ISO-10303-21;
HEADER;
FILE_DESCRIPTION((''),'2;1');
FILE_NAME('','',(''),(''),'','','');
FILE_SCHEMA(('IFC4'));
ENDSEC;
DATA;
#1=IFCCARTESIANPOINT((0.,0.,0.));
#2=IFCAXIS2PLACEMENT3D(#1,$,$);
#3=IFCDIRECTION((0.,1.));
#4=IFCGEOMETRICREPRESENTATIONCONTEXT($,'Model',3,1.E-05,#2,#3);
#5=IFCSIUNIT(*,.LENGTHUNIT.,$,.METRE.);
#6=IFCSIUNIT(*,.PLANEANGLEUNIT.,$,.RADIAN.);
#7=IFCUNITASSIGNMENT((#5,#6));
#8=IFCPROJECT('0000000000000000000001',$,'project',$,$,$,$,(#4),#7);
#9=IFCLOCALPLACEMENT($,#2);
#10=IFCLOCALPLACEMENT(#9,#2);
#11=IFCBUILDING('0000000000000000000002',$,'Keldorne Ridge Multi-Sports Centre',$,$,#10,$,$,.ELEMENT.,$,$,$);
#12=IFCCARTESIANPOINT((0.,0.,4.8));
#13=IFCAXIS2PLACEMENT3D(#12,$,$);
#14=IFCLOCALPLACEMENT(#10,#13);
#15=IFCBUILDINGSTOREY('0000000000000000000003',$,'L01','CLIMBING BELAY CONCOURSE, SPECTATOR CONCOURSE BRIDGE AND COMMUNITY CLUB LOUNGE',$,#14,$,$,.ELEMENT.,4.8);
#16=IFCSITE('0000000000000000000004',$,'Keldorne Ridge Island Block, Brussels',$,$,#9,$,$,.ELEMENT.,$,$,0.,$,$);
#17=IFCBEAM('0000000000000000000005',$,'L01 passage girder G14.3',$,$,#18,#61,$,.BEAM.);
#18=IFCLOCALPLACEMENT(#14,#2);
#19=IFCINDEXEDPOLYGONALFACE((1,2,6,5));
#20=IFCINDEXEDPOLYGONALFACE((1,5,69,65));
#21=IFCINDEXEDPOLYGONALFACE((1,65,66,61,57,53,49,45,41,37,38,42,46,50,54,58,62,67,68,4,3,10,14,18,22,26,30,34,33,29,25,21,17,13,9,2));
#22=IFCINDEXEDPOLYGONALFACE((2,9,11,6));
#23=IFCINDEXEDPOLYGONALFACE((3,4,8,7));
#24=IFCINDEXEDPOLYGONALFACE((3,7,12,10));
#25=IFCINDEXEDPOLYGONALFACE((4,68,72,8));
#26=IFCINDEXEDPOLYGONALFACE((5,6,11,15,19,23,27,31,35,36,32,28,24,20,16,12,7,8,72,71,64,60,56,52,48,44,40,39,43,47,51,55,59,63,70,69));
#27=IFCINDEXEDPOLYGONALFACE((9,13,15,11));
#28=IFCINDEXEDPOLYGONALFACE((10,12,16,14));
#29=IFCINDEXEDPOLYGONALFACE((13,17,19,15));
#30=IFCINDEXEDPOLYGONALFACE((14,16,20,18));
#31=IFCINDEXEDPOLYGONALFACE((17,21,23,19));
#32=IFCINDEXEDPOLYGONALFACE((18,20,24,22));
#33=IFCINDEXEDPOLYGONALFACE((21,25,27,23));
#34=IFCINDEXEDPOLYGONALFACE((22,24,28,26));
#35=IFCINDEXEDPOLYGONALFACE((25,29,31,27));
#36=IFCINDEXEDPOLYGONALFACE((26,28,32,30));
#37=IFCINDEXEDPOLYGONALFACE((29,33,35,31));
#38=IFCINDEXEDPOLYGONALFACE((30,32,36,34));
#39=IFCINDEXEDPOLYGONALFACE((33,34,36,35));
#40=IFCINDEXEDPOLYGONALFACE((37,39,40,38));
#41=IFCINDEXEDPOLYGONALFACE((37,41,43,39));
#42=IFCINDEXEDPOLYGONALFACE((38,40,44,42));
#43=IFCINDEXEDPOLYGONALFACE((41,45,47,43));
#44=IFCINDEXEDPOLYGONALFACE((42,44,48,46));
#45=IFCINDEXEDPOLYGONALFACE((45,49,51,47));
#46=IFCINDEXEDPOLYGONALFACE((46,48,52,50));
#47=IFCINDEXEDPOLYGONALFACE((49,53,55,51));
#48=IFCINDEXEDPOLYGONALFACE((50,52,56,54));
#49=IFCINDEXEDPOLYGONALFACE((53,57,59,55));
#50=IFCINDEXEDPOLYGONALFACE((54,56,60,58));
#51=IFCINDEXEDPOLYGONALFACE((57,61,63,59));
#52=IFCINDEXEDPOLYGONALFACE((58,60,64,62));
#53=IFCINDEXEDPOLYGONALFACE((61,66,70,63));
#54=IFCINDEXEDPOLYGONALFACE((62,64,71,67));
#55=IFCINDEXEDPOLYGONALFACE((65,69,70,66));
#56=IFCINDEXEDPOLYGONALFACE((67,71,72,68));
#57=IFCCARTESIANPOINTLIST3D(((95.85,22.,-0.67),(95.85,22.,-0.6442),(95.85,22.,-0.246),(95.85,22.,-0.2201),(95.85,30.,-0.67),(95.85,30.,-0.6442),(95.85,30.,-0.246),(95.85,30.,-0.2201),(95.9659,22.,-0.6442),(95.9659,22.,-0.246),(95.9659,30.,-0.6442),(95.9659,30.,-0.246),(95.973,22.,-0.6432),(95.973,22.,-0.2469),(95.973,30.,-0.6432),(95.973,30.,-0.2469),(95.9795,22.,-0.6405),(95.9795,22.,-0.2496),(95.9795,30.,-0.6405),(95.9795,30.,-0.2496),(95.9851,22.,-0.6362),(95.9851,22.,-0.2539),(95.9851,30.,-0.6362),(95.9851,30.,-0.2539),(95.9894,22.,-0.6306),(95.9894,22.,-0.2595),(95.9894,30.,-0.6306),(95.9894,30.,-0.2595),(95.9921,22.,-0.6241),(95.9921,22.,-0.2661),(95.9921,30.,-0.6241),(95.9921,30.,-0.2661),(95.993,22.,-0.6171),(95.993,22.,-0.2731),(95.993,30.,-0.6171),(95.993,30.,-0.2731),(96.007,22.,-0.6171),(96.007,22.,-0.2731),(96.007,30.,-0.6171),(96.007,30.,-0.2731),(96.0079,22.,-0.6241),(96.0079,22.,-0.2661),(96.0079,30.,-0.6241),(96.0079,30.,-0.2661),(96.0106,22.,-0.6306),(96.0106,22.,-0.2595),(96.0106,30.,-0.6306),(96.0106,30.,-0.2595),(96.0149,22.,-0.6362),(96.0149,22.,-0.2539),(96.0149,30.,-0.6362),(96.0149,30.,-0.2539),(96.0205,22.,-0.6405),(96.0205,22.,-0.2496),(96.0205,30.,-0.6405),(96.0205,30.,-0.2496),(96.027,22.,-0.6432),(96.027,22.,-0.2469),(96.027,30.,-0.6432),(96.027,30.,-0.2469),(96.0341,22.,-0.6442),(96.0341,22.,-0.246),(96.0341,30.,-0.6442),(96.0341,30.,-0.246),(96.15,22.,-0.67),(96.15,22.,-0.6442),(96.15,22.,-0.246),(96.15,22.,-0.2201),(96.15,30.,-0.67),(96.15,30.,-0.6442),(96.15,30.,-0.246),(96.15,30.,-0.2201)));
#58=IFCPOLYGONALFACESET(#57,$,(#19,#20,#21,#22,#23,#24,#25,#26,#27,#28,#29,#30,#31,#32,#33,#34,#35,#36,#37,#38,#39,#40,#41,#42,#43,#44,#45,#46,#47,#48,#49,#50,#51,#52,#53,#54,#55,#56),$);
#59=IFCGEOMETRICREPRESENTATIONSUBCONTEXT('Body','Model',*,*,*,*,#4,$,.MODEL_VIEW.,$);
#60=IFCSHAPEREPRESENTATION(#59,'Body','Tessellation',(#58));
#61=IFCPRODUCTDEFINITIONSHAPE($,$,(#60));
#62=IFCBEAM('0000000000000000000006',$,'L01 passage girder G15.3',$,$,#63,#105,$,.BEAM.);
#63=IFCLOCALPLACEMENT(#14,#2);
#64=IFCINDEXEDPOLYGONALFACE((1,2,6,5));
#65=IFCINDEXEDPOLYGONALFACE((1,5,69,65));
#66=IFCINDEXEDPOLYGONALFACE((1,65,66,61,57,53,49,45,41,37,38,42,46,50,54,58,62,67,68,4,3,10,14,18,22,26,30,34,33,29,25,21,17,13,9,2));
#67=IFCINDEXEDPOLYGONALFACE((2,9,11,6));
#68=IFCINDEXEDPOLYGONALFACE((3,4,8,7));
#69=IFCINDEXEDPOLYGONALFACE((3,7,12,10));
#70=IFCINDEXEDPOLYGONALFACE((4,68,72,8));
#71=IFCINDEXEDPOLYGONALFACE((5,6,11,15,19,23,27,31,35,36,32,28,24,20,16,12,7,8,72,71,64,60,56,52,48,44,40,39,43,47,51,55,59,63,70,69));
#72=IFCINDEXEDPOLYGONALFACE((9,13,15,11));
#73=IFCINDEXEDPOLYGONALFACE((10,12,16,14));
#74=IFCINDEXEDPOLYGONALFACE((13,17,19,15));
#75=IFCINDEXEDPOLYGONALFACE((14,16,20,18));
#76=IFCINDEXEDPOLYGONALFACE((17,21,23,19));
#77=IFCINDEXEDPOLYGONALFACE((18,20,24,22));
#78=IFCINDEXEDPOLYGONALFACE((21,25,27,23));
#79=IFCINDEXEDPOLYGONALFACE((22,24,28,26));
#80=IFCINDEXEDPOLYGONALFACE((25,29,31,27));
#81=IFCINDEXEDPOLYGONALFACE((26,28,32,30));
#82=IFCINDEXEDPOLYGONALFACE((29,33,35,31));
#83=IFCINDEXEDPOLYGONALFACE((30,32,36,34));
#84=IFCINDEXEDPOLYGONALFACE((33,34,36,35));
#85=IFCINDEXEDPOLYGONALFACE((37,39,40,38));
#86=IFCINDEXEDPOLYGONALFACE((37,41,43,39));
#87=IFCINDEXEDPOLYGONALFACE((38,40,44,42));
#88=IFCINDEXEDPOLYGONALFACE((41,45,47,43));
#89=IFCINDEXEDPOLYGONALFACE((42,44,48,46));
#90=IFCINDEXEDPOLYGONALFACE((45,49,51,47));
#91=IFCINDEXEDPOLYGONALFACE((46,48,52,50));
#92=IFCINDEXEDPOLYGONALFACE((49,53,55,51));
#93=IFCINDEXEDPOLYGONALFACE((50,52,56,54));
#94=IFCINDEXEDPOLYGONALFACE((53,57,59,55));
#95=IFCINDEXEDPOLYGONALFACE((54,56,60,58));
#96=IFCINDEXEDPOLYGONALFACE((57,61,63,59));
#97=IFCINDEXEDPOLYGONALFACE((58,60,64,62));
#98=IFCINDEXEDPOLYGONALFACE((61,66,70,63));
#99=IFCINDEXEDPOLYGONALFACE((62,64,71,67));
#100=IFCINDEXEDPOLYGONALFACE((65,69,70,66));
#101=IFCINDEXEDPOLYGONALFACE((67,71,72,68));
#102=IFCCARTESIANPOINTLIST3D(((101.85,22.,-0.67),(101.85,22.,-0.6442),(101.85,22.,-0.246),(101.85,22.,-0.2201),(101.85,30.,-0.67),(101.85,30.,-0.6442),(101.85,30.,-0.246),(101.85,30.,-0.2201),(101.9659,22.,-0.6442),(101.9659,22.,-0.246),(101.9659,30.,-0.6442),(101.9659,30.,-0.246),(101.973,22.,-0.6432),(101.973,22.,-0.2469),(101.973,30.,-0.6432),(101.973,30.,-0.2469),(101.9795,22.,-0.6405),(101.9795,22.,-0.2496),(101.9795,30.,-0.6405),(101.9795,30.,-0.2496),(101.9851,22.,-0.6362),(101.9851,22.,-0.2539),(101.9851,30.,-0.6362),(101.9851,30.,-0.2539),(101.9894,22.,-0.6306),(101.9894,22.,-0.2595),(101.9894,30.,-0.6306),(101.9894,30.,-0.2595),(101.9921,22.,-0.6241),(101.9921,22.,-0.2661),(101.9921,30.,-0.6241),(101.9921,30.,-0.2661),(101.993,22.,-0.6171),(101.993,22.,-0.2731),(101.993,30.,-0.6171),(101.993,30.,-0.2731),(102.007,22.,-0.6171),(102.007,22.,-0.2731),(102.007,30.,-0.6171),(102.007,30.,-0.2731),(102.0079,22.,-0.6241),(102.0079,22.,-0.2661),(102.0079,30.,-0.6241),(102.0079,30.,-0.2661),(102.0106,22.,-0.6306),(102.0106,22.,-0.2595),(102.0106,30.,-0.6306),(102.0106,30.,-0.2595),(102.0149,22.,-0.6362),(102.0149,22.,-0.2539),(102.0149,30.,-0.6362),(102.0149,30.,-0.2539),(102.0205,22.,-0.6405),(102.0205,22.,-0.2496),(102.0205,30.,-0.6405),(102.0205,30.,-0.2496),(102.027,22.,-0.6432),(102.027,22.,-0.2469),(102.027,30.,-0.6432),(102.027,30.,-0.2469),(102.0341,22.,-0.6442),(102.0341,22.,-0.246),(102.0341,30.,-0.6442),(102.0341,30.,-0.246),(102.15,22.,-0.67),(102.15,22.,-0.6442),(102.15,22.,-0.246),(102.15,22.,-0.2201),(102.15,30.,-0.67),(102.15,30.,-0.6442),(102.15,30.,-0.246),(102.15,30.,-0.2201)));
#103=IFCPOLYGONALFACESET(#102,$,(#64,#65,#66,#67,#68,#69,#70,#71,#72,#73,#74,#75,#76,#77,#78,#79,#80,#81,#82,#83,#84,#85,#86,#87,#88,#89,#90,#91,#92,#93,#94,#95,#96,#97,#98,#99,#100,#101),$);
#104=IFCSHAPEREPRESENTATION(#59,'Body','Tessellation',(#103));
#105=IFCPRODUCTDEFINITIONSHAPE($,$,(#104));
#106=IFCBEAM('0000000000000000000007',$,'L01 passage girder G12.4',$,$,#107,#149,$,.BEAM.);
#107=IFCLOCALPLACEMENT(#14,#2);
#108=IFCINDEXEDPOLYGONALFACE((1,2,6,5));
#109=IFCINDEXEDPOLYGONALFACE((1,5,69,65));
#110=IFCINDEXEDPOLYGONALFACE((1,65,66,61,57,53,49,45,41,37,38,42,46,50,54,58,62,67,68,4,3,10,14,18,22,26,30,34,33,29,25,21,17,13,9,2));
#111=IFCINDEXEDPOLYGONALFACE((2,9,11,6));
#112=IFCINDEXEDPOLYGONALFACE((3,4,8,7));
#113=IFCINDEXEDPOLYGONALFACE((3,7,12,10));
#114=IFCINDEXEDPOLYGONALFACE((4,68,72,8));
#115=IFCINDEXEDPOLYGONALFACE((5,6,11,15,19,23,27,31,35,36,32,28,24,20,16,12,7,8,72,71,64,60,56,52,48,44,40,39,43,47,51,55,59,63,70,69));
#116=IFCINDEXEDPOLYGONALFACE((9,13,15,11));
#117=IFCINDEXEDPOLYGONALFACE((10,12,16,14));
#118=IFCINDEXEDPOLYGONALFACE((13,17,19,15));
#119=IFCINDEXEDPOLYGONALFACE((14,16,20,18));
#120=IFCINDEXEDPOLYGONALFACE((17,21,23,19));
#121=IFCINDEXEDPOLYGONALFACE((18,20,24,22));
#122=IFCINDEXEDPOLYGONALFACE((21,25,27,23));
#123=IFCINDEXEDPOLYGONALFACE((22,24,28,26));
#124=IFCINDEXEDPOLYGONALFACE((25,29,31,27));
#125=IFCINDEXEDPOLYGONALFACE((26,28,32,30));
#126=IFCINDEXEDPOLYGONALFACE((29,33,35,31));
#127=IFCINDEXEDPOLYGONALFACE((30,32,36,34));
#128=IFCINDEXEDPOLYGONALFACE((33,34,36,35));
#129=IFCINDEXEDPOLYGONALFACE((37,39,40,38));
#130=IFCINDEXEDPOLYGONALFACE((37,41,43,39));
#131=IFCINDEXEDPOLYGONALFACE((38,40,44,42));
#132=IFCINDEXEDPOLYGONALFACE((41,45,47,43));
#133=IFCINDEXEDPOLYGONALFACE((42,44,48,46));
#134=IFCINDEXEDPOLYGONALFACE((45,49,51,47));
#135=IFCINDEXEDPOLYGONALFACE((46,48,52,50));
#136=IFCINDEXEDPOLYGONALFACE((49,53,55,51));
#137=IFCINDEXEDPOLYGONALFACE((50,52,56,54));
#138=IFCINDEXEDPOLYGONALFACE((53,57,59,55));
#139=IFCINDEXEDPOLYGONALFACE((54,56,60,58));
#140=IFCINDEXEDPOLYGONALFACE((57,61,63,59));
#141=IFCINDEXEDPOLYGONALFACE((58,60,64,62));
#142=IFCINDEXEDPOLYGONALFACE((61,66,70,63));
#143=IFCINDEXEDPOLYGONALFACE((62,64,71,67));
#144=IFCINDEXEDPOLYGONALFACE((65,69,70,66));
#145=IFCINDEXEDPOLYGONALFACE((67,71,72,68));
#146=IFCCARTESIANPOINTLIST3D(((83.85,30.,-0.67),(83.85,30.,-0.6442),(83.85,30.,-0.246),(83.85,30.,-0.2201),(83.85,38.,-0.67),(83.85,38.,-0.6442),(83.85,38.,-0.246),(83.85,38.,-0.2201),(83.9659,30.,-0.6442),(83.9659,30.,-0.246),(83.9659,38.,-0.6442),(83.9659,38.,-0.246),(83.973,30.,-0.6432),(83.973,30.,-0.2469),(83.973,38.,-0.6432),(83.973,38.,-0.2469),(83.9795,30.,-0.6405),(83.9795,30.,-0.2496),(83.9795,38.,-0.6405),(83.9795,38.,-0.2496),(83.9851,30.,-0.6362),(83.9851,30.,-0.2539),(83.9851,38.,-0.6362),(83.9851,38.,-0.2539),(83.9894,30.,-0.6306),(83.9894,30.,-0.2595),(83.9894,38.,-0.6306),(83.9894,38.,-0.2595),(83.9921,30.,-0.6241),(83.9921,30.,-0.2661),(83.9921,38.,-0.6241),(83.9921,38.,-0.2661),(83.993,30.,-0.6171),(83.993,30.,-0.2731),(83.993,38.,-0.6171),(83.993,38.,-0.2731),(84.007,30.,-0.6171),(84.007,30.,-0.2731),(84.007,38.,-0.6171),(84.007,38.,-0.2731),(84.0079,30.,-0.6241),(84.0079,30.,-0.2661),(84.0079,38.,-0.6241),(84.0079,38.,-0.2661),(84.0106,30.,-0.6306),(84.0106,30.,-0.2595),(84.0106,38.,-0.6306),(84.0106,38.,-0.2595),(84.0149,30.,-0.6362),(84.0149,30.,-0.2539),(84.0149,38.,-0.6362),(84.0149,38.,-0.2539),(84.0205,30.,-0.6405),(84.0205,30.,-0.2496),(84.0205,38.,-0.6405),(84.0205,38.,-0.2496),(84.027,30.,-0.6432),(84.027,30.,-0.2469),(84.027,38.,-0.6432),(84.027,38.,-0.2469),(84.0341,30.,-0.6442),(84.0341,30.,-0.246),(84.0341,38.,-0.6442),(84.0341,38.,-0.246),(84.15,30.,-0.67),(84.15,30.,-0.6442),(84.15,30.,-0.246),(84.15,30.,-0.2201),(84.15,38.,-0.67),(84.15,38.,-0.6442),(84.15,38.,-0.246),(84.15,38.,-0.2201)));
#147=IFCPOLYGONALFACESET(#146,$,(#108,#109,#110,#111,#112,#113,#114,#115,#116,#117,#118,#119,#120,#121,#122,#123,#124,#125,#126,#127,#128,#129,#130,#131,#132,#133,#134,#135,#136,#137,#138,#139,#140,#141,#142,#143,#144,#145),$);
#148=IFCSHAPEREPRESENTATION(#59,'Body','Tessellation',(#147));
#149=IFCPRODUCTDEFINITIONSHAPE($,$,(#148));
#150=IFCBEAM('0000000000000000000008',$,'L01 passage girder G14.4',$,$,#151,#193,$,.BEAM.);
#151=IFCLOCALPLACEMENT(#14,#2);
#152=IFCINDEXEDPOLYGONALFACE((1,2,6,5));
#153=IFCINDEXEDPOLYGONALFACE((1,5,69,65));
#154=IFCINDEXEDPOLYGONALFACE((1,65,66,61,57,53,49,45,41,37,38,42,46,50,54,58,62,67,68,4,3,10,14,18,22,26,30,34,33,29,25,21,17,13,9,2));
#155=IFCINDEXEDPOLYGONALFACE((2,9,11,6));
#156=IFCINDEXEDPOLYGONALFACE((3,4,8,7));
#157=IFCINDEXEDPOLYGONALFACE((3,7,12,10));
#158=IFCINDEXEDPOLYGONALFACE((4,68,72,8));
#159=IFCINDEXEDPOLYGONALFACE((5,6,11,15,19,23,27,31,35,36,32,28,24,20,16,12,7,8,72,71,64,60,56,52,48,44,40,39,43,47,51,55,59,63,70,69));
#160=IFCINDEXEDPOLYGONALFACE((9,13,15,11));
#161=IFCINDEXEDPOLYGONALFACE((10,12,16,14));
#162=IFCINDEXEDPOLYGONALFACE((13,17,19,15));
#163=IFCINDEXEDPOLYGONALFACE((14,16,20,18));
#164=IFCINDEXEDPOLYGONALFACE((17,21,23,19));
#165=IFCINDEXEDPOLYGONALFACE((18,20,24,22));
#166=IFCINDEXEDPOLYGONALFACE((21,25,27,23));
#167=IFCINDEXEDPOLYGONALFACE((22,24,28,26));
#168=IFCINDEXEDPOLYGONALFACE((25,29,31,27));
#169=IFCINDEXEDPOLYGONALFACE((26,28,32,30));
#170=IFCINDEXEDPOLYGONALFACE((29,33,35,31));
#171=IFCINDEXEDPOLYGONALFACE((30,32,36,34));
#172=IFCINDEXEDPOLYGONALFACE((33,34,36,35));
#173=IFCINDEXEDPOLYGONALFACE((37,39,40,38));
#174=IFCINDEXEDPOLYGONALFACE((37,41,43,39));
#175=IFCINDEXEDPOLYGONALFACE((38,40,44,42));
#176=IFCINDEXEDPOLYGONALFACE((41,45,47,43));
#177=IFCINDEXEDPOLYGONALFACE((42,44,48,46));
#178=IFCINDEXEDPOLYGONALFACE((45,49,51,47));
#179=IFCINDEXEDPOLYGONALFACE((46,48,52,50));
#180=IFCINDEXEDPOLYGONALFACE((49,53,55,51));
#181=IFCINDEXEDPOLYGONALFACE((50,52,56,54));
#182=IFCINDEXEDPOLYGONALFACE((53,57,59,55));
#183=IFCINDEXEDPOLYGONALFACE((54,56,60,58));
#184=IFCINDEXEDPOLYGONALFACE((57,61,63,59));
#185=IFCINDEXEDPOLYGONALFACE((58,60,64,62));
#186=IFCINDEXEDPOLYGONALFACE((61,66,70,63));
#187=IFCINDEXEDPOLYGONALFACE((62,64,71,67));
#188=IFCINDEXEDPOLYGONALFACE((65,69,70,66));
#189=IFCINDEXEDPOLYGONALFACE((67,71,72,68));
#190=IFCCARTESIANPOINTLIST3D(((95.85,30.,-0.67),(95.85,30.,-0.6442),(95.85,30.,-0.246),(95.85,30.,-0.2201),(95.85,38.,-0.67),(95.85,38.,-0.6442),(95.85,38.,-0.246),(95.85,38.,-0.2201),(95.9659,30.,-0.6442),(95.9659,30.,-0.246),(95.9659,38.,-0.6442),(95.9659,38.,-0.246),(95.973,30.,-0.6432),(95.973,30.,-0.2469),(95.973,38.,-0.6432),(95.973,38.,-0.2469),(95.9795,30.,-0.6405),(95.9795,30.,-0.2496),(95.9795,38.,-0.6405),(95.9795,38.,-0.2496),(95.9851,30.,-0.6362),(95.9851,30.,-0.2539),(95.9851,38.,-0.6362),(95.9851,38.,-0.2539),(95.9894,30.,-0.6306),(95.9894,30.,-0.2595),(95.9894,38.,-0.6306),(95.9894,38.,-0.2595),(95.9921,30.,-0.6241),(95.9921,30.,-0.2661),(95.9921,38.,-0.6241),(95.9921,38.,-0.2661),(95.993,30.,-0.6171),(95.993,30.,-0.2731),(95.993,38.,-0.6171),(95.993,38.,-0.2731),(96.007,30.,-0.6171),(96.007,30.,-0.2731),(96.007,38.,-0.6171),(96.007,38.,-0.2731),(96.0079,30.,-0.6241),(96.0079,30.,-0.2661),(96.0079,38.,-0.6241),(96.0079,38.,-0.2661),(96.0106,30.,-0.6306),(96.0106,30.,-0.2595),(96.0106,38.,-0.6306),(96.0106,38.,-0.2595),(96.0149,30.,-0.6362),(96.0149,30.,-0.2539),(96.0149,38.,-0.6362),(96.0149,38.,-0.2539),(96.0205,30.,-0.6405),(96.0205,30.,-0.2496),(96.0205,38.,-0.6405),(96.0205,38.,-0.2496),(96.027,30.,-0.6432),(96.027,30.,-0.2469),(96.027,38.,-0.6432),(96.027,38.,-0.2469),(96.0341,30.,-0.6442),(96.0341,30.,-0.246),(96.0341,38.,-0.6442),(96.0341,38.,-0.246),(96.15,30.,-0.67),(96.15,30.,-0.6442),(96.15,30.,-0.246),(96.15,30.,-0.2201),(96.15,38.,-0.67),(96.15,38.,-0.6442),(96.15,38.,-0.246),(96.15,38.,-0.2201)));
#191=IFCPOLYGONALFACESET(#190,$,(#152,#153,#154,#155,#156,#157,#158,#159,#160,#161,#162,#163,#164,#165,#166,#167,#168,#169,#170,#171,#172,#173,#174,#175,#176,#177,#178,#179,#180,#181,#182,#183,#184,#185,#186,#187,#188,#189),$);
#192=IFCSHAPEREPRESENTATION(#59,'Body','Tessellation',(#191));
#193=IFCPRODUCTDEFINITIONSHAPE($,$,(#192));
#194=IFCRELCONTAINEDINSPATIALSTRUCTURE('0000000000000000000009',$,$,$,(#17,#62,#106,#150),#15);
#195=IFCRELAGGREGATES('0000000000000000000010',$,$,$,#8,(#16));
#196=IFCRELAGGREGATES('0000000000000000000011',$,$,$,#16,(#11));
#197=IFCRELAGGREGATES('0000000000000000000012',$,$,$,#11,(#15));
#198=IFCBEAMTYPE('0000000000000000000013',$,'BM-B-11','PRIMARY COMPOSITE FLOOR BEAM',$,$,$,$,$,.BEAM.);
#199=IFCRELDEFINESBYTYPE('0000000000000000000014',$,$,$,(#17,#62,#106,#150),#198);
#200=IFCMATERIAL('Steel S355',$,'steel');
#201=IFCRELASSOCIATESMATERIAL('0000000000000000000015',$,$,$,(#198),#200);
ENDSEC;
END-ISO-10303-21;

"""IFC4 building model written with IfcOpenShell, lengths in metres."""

from ifc_helpers import new_model, si_unit, direction, frame, origin, origin_2d, place, context, subcontext, project, spatial, i_section, extrude, material, material_profile, profile_set, type_object, element, save


model = new_model("IFC4")

# Units and contexts
model_context = context("Model", 3, precision=1e-05, world=origin(), true_north=direction((0.0, 1.0)))
body_context = subcontext(model_context, "Body", "Model", "MODEL_VIEW")
ifc_project = project(units=[si_unit("LENGTHUNIT", "METRE"), si_unit("PLANEANGLEUNIT", "RADIAN")], contexts=[model_context])

# Site, building, storey
site_placement = place(None, origin())
site = spatial("IfcSite", under=ifc_project, at=site_placement, Name="Keldorne Ridge Island Block, Brussels", CompositionType="ELEMENT", RefElevation=0.0)
building_placement = place(site_placement, origin())
building = spatial("IfcBuilding", under=site, at=building_placement, Name="Keldorne Ridge Multi-Sports Centre", CompositionType="ELEMENT")
storey_placement = place(building_placement, frame((0.0, 0.0, 4.8)))
storey = spatial("IfcBuildingStorey", under=building, at=storey_placement, Name="L01", Description="CLIMBING BELAY CONCOURSE, SPECTATOR CONCOURSE BRIDGE AND COMMUNITY CLUB LOUNGE", CompositionType="ELEMENT", Elevation=4.8)

# Shared definitions
ifc_material_1 = material(Name="Steel S355", Category="steel")

# Beams
ifc_material_profile_1 = material_profile(ifc_material_1, i_section(OverallWidth=0.3, OverallDepth=0.45, WebThickness=0.0139, FlangeThickness=0.0259, FilletRadius=0.0271, at=origin_2d()), Name="HEB 450")
ifc_profile_set_1 = profile_set([ifc_material_profile_1], Name="Steel S355")
beam_type_1 = type_object("IfcBeamType", Name="BM-B-11", Description="PRIMARY COMPOSITE FLOOR BEAM", PredefinedType="BEAM", material=ifc_profile_set_1)
for number, where, z_axis, x_axis, name in (
    (1, (96.0, 22.0, -0.4451), (0.0, 1.0, 0.0), (-1.0, 0.0, 0.0), "L01 passage girder G14.3"),
    (2, (102.0, 22.0, -0.4451), (0.0, 1.0, 0.0), (-1.0, 0.0, 0.0), "L01 passage girder G15.3"),
    (3, (84.0, 30.0, -0.4451), (0.0, 1.0, 0.0), (-1.0, 0.0, 0.0), "L01 passage girder G12.4"),
    (4, (96.0, 30.0, -0.4451), (0.0, 1.0, 0.0), (-1.0, 0.0, 0.0), "L01 passage girder G14.4"),
):
    element("IfcBeam", number, at=place(storey_placement, frame(where, z_axis=z_axis, x_axis=x_axis)), inside=storey, type_object=beam_type_1, Name=name, PredefinedType="BEAM", context=body_context, shape_type="SweptSolid", body=[
        extrude(i_section(OverallWidth=0.3, OverallDepth=0.45, WebThickness=0.0139, FlangeThickness=0.0259, FilletRadius=0.0271, at=origin_2d()), origin(), (0.0, 0.0, 1.0), 8.0),
    ])

save(model, "model.ifc")
